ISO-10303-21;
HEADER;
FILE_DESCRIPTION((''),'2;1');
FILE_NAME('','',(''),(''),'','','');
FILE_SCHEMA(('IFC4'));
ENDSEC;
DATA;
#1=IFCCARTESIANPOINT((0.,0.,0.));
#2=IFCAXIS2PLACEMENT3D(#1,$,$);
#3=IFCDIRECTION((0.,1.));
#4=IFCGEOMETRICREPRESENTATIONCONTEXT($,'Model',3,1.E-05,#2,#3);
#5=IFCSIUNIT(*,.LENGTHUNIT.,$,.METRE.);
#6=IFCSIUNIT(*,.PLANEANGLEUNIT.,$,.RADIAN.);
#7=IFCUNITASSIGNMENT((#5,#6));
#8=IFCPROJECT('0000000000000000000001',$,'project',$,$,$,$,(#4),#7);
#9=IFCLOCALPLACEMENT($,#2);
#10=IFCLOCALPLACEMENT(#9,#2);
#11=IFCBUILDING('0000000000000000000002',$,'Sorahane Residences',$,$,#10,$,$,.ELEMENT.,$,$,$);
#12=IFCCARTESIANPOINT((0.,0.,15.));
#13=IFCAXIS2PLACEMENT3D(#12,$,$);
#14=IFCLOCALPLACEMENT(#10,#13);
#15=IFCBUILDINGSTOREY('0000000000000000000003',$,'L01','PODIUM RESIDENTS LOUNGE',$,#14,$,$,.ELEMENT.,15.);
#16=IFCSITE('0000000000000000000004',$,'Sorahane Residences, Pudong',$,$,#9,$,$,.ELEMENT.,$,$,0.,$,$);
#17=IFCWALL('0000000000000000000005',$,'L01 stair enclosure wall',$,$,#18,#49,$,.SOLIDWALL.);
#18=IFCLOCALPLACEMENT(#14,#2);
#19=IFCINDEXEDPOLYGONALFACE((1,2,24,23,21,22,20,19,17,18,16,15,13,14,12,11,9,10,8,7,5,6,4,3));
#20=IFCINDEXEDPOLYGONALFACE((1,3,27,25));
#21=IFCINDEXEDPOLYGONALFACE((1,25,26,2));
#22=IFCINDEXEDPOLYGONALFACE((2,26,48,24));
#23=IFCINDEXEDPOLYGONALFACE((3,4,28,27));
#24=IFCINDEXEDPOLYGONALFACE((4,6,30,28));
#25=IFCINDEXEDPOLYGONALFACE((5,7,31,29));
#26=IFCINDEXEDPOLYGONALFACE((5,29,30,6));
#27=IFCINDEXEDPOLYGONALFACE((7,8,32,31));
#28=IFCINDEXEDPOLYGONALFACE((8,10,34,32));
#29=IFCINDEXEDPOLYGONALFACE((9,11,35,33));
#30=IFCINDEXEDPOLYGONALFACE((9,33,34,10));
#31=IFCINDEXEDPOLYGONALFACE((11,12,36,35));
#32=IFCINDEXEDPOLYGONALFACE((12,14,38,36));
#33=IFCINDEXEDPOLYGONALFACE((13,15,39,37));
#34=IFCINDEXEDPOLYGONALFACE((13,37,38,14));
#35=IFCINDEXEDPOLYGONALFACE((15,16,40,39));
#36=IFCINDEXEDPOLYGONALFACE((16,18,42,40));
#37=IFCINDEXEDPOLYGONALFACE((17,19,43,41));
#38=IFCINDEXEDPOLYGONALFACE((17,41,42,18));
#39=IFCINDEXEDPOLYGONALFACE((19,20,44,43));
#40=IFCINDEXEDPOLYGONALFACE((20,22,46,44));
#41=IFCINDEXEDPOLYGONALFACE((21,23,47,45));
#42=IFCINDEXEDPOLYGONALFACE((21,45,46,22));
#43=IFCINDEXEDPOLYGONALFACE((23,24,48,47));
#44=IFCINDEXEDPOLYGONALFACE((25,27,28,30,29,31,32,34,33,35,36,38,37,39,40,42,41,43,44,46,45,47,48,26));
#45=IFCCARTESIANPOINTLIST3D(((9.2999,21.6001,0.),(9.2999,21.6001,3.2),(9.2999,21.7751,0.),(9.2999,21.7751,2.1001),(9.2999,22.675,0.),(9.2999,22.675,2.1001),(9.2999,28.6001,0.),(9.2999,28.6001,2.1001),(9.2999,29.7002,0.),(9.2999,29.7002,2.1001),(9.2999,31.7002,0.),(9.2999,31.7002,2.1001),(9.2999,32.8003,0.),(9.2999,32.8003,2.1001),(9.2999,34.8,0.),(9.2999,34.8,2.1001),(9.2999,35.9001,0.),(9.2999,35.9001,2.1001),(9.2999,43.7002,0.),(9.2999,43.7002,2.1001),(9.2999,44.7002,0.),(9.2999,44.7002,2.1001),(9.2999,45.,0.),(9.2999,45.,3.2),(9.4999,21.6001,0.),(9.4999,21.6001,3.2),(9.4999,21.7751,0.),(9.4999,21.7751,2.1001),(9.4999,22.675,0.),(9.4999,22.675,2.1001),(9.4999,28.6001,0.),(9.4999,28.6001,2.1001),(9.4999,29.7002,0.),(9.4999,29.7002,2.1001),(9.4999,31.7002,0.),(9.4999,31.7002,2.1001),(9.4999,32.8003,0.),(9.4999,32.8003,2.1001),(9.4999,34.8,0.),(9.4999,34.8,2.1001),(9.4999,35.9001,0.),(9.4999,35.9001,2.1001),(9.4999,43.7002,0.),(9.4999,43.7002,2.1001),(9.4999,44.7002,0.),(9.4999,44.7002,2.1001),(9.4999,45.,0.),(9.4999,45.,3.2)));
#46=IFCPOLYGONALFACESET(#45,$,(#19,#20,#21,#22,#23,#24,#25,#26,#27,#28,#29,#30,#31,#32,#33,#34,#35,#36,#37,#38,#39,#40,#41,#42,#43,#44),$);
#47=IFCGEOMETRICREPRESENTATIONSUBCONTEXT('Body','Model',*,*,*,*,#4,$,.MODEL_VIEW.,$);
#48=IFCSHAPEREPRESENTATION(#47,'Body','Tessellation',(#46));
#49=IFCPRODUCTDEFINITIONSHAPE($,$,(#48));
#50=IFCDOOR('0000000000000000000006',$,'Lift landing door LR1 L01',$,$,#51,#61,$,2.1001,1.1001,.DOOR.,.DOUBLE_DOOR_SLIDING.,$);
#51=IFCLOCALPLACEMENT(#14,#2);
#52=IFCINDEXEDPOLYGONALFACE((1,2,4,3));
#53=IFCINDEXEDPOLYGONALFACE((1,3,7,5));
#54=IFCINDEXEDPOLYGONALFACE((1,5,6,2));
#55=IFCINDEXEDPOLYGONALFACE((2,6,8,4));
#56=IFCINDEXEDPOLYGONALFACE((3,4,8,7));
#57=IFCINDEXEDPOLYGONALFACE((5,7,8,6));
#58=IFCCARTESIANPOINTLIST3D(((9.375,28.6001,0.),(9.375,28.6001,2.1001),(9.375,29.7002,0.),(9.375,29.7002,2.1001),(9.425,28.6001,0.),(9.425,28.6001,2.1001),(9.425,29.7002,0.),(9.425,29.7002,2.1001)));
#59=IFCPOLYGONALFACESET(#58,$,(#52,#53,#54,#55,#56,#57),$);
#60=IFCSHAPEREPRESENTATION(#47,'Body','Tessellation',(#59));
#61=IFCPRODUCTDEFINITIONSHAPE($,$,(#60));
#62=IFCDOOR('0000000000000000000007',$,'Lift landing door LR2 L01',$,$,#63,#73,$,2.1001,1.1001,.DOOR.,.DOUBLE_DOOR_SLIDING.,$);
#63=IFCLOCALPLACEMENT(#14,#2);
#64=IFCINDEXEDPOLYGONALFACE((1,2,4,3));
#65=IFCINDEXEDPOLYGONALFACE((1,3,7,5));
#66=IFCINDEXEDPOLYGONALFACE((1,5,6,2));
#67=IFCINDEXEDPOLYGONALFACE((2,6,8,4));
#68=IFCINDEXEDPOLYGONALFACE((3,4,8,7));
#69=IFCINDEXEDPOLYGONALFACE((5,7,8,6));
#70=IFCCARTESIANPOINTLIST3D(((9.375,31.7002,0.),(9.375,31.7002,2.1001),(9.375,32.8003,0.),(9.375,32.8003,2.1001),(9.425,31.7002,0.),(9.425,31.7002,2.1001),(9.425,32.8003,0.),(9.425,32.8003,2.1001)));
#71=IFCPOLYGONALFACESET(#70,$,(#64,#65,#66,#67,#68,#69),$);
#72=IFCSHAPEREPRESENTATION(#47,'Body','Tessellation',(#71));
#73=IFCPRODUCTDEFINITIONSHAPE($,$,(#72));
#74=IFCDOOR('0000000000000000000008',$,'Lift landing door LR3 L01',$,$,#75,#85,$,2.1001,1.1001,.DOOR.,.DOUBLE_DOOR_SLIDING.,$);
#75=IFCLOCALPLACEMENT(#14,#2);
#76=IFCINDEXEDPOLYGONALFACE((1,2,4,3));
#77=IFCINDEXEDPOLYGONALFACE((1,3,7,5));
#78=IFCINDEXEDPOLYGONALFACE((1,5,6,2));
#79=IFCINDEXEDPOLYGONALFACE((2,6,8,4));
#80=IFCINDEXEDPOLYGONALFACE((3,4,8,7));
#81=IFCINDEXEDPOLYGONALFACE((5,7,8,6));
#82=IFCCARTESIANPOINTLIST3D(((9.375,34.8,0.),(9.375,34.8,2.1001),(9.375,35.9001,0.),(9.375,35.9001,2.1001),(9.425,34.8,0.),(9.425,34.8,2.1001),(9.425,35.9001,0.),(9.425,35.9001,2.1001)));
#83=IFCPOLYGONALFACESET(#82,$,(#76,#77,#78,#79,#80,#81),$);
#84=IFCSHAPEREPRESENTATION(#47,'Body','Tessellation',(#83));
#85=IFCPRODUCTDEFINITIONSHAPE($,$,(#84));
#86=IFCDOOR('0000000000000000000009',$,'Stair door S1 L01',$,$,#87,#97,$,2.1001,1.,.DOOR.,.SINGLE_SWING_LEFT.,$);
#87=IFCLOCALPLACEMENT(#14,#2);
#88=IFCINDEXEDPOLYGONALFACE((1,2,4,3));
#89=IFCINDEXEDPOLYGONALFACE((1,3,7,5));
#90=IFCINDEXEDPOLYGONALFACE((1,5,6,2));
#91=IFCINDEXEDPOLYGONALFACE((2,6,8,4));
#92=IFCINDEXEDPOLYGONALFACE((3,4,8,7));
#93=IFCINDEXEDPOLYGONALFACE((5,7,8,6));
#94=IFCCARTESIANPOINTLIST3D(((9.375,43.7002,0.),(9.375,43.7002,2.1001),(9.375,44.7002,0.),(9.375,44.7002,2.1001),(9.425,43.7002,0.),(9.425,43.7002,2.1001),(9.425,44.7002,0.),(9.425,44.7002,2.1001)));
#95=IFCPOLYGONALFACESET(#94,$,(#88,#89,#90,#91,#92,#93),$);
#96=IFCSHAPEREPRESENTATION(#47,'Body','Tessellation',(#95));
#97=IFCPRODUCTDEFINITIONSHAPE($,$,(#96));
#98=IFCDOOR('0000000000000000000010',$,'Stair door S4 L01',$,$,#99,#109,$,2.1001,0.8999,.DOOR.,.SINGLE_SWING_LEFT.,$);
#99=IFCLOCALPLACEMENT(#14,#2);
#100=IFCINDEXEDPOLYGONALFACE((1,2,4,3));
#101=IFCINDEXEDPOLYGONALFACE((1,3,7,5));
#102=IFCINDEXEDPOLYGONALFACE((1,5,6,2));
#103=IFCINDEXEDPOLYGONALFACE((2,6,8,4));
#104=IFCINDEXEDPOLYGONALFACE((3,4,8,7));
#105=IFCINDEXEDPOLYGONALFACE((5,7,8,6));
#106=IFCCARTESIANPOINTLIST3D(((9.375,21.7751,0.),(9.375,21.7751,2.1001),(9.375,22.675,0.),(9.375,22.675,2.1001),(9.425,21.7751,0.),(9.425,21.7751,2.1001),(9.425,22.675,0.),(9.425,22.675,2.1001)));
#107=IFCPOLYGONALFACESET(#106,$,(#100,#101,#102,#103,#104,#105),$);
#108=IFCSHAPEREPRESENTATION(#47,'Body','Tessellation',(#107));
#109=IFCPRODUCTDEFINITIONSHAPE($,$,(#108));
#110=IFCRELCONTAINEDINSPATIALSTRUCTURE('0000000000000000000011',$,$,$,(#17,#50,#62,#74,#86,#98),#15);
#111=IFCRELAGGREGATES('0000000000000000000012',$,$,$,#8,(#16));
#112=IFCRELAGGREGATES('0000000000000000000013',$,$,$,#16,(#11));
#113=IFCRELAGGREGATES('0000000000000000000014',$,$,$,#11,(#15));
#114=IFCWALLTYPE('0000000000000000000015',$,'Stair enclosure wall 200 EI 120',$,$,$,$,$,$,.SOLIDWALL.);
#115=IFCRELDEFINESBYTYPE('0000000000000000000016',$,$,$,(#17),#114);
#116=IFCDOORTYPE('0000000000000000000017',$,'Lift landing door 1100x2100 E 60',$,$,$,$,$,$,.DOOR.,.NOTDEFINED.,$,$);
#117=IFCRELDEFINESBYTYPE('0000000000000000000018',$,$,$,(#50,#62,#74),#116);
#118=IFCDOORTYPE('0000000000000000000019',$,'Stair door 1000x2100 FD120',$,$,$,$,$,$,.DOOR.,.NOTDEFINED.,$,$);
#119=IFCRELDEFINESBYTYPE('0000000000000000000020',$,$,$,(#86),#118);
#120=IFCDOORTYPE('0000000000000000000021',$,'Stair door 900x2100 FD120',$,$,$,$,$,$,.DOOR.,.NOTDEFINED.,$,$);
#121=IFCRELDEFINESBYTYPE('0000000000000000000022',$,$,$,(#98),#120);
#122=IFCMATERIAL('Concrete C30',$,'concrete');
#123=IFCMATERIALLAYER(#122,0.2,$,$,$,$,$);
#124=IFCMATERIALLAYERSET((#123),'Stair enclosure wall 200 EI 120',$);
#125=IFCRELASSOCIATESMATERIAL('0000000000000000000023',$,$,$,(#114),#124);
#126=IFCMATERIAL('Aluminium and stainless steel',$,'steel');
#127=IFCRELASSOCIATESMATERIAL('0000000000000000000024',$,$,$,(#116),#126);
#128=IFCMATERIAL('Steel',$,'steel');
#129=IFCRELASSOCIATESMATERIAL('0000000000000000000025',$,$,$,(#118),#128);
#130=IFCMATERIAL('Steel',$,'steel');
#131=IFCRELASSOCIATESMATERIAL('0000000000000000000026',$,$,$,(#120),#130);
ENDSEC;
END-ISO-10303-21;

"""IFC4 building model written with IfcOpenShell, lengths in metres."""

from ifc_helpers import new_model, si_unit, direction, frame, frame_2d, origin, place, context, subcontext, project, spatial, rectangle, extrude, material, layer, layer_set, type_object, element, fill, save


model = new_model("IFC4")

# Units and contexts
model_context = context("Model", 3, precision=1e-05, world=origin(), true_north=direction((0.0, 1.0)))
body_context = subcontext(model_context, "Body", "Model", "MODEL_VIEW")
ifc_project = project(units=[si_unit("LENGTHUNIT", "METRE"), si_unit("PLANEANGLEUNIT", "RADIAN")], contexts=[model_context])

# Site, building, storey
site_placement = place(None, origin())
site = spatial("IfcSite", under=ifc_project, at=site_placement, Name="Sorahane Residences, Pudong", CompositionType="ELEMENT", RefElevation=0.0)
building_placement = place(site_placement, origin())
building = spatial("IfcBuilding", under=site, at=building_placement, Name="Sorahane Residences", CompositionType="ELEMENT")
storey_placement = place(building_placement, frame((0.0, 0.0, 15.0)))
storey = spatial("IfcBuildingStorey", under=building, at=storey_placement, Name="L01", Description="PODIUM RESIDENTS LOUNGE", CompositionType="ELEMENT", Elevation=15.0)

# Wall, openings, doors
ifc_material_1 = material(Name="Concrete C30", Category="concrete")
ifc_layer_1 = layer(ifc_material_1, 0.2)
ifc_layer_set_1 = layer_set([ifc_layer_1], Name="Stair enclosure wall 200 EI 120")
wall_type_1 = type_object("IfcWallType", Name="Stair enclosure wall 200 EI 120", PredefinedType="SOLIDWALL", material=ifc_layer_set_1)
wall_1_placement = place(storey_placement, frame((9.3999, 21.6001, 0.0), z_axis=(0.0, 0.0, 1.0), x_axis=(0.0, 1.0, 0.0)))
wall_1 = element("IfcWall", 1, at=wall_1_placement, inside=storey, type_object=wall_type_1, Name="L01 stair enclosure wall", PredefinedType="SOLIDWALL", context=body_context, shape_type="SweptSolid", body=[
    extrude(rectangle(XDim=23.3999, YDim=0.2, at=frame_2d((11.7, 0.0))), origin(), (0.0, 0.0, 1.0), 3.2),
])
opening_1_placement = place(wall_1_placement, frame((7.0, 0.0, 0.0)))
opening_1 = element("IfcOpeningElement", 2, at=opening_1_placement, cuts=wall_1, PredefinedType="OPENING", context=body_context, shape_type="SweptSolid", body=[
    extrude(rectangle(XDim=1.1001, YDim=2.1001, at=frame_2d((0.55, 1.05))), frame((0.0, 0.1099, 0.0), z_axis=(0.0, -1.0, 0.0), x_axis=(1.0, 0.0, 0.0)), (0.0, 0.0, 1.0), 0.22),
])
opening_2_placement = place(wall_1_placement, frame((10.1001, 0.0, 0.0)))
opening_2 = element("IfcOpeningElement", 3, at=opening_2_placement, cuts=wall_1, PredefinedType="OPENING", context=body_context, shape_type="SweptSolid", body=[
    extrude(rectangle(XDim=1.1001, YDim=2.1001, at=frame_2d((0.55, 1.05))), frame((0.0, 0.1099, 0.0), z_axis=(0.0, -1.0, 0.0), x_axis=(1.0, 0.0, 0.0)), (0.0, 0.0, 1.0), 0.22),
])
opening_3_placement = place(wall_1_placement, frame((13.2, 0.0, 0.0)))
opening_3 = element("IfcOpeningElement", 4, at=opening_3_placement, cuts=wall_1, PredefinedType="OPENING", context=body_context, shape_type="SweptSolid", body=[
    extrude(rectangle(XDim=1.1001, YDim=2.1001, at=frame_2d((0.55, 1.05))), frame((0.0, 0.1099, 0.0), z_axis=(0.0, -1.0, 0.0), x_axis=(1.0, 0.0, 0.0)), (0.0, 0.0, 1.0), 0.22),
])
opening_4_placement = place(wall_1_placement, frame((22.1001, 0.0, 0.0)))
opening_4 = element("IfcOpeningElement", 5, at=opening_4_placement, cuts=wall_1, PredefinedType="OPENING", context=body_context, shape_type="SweptSolid", body=[
    extrude(rectangle(XDim=1.0, YDim=2.1001, at=frame_2d((0.5, 1.05))), frame((0.0, 0.1099, 0.0), z_axis=(0.0, -1.0, 0.0), x_axis=(1.0, 0.0, 0.0)), (0.0, 0.0, 1.0), 0.22),
])
opening_5_placement = place(wall_1_placement, frame((0.175, 0.0, 0.0)))
opening_5 = element("IfcOpeningElement", 6, at=opening_5_placement, cuts=wall_1, PredefinedType="OPENING", context=body_context, shape_type="SweptSolid", body=[
    extrude(rectangle(XDim=0.8999, YDim=2.1001, at=frame_2d((0.45, 1.05))), frame((0.0, 0.1099, 0.0), z_axis=(0.0, -1.0, 0.0), x_axis=(1.0, 0.0, 0.0)), (0.0, 0.0, 1.0), 0.22),
])
ifc_material_2 = material(Name="Aluminium and stainless steel", Category="steel")
door_type_1 = type_object("IfcDoorType", Name="Lift landing door 1100x2100 E 60", OperationType="NOTDEFINED", PredefinedType="DOOR", material=ifc_material_2)
door_1_placement = place(opening_1_placement, origin())
door_1 = element("IfcDoor", 7, at=door_1_placement, inside=storey, type_object=door_type_1, Name="Lift landing door LR1 L01", OperationType="DOUBLE_DOOR_SLIDING", OverallHeight=2.1001, OverallWidth=1.1001, PredefinedType="DOOR", context=body_context, shape_type="SweptSolid", body=[
    extrude(rectangle(XDim=1.1001, YDim=2.1001, at=frame_2d((0.55, 1.05))), frame((0.0, 0.0249, 0.0), z_axis=(0.0, -1.0, 0.0), x_axis=(1.0, 0.0, 0.0)), (0.0, 0.0, 1.0), 0.05),
])
fill(opening_1, door_1)
door_2_placement = place(opening_2_placement, origin())
door_2 = element("IfcDoor", 8, at=door_2_placement, inside=storey, type_object=door_type_1, Name="Lift landing door LR2 L01", OperationType="DOUBLE_DOOR_SLIDING", OverallHeight=2.1001, OverallWidth=1.1001, PredefinedType="DOOR", context=body_context, shape_type="SweptSolid", body=[
    extrude(rectangle(XDim=1.1001, YDim=2.1001, at=frame_2d((0.55, 1.05))), frame((0.0, 0.0249, 0.0), z_axis=(0.0, -1.0, 0.0), x_axis=(1.0, 0.0, 0.0)), (0.0, 0.0, 1.0), 0.05),
])
fill(opening_2, door_2)
door_3_placement = place(opening_3_placement, origin())
door_3 = element("IfcDoor", 9, at=door_3_placement, inside=storey, type_object=door_type_1, Name="Lift landing door LR3 L01", OperationType="DOUBLE_DOOR_SLIDING", OverallHeight=2.1001, OverallWidth=1.1001, PredefinedType="DOOR", context=body_context, shape_type="SweptSolid", body=[
    extrude(rectangle(XDim=1.1001, YDim=2.1001, at=frame_2d((0.55, 1.05))), frame((0.0, 0.0249, 0.0), z_axis=(0.0, -1.0, 0.0), x_axis=(1.0, 0.0, 0.0)), (0.0, 0.0, 1.0), 0.05),
])
fill(opening_3, door_3)
ifc_material_3 = material(Name="Steel", Category="steel")
door_type_2 = type_object("IfcDoorType", Name="Stair door 1000x2100 FD120", OperationType="NOTDEFINED", PredefinedType="DOOR", material=ifc_material_3)
door_4_placement = place(opening_4_placement, origin())
door_4 = element("IfcDoor", 10, at=door_4_placement, inside=storey, type_object=door_type_2, Name="Stair door S1 L01", OperationType="SINGLE_SWING_LEFT", OverallHeight=2.1001, OverallWidth=1.0, PredefinedType="DOOR", context=body_context, shape_type="SweptSolid", body=[
    extrude(rectangle(XDim=1.0, YDim=2.1001, at=frame_2d((0.5, 1.05))), frame((0.0, 0.0249, 0.0), z_axis=(0.0, -1.0, 0.0), x_axis=(1.0, 0.0, 0.0)), (0.0, 0.0, 1.0), 0.05),
])
fill(opening_4, door_4)
ifc_material_4 = material(Name="Steel", Category="steel")
door_type_3 = type_object("IfcDoorType", Name="Stair door 900x2100 FD120", OperationType="NOTDEFINED", PredefinedType="DOOR", material=ifc_material_4)
door_5_placement = place(opening_5_placement, origin())
door_5 = element("IfcDoor", 11, at=door_5_placement, inside=storey, type_object=door_type_3, Name="Stair door S4 L01", OperationType="SINGLE_SWING_LEFT", OverallHeight=2.1001, OverallWidth=0.8999, PredefinedType="DOOR", context=body_context, shape_type="SweptSolid", body=[
    extrude(rectangle(XDim=0.8999, YDim=2.1001, at=frame_2d((0.45, 1.05))), frame((0.0, 0.0249, 0.0), z_axis=(0.0, -1.0, 0.0), x_axis=(1.0, 0.0, 0.0)), (0.0, 0.0, 1.0), 0.05),
])
fill(opening_5, door_5)

save(model, "model.ifc")
